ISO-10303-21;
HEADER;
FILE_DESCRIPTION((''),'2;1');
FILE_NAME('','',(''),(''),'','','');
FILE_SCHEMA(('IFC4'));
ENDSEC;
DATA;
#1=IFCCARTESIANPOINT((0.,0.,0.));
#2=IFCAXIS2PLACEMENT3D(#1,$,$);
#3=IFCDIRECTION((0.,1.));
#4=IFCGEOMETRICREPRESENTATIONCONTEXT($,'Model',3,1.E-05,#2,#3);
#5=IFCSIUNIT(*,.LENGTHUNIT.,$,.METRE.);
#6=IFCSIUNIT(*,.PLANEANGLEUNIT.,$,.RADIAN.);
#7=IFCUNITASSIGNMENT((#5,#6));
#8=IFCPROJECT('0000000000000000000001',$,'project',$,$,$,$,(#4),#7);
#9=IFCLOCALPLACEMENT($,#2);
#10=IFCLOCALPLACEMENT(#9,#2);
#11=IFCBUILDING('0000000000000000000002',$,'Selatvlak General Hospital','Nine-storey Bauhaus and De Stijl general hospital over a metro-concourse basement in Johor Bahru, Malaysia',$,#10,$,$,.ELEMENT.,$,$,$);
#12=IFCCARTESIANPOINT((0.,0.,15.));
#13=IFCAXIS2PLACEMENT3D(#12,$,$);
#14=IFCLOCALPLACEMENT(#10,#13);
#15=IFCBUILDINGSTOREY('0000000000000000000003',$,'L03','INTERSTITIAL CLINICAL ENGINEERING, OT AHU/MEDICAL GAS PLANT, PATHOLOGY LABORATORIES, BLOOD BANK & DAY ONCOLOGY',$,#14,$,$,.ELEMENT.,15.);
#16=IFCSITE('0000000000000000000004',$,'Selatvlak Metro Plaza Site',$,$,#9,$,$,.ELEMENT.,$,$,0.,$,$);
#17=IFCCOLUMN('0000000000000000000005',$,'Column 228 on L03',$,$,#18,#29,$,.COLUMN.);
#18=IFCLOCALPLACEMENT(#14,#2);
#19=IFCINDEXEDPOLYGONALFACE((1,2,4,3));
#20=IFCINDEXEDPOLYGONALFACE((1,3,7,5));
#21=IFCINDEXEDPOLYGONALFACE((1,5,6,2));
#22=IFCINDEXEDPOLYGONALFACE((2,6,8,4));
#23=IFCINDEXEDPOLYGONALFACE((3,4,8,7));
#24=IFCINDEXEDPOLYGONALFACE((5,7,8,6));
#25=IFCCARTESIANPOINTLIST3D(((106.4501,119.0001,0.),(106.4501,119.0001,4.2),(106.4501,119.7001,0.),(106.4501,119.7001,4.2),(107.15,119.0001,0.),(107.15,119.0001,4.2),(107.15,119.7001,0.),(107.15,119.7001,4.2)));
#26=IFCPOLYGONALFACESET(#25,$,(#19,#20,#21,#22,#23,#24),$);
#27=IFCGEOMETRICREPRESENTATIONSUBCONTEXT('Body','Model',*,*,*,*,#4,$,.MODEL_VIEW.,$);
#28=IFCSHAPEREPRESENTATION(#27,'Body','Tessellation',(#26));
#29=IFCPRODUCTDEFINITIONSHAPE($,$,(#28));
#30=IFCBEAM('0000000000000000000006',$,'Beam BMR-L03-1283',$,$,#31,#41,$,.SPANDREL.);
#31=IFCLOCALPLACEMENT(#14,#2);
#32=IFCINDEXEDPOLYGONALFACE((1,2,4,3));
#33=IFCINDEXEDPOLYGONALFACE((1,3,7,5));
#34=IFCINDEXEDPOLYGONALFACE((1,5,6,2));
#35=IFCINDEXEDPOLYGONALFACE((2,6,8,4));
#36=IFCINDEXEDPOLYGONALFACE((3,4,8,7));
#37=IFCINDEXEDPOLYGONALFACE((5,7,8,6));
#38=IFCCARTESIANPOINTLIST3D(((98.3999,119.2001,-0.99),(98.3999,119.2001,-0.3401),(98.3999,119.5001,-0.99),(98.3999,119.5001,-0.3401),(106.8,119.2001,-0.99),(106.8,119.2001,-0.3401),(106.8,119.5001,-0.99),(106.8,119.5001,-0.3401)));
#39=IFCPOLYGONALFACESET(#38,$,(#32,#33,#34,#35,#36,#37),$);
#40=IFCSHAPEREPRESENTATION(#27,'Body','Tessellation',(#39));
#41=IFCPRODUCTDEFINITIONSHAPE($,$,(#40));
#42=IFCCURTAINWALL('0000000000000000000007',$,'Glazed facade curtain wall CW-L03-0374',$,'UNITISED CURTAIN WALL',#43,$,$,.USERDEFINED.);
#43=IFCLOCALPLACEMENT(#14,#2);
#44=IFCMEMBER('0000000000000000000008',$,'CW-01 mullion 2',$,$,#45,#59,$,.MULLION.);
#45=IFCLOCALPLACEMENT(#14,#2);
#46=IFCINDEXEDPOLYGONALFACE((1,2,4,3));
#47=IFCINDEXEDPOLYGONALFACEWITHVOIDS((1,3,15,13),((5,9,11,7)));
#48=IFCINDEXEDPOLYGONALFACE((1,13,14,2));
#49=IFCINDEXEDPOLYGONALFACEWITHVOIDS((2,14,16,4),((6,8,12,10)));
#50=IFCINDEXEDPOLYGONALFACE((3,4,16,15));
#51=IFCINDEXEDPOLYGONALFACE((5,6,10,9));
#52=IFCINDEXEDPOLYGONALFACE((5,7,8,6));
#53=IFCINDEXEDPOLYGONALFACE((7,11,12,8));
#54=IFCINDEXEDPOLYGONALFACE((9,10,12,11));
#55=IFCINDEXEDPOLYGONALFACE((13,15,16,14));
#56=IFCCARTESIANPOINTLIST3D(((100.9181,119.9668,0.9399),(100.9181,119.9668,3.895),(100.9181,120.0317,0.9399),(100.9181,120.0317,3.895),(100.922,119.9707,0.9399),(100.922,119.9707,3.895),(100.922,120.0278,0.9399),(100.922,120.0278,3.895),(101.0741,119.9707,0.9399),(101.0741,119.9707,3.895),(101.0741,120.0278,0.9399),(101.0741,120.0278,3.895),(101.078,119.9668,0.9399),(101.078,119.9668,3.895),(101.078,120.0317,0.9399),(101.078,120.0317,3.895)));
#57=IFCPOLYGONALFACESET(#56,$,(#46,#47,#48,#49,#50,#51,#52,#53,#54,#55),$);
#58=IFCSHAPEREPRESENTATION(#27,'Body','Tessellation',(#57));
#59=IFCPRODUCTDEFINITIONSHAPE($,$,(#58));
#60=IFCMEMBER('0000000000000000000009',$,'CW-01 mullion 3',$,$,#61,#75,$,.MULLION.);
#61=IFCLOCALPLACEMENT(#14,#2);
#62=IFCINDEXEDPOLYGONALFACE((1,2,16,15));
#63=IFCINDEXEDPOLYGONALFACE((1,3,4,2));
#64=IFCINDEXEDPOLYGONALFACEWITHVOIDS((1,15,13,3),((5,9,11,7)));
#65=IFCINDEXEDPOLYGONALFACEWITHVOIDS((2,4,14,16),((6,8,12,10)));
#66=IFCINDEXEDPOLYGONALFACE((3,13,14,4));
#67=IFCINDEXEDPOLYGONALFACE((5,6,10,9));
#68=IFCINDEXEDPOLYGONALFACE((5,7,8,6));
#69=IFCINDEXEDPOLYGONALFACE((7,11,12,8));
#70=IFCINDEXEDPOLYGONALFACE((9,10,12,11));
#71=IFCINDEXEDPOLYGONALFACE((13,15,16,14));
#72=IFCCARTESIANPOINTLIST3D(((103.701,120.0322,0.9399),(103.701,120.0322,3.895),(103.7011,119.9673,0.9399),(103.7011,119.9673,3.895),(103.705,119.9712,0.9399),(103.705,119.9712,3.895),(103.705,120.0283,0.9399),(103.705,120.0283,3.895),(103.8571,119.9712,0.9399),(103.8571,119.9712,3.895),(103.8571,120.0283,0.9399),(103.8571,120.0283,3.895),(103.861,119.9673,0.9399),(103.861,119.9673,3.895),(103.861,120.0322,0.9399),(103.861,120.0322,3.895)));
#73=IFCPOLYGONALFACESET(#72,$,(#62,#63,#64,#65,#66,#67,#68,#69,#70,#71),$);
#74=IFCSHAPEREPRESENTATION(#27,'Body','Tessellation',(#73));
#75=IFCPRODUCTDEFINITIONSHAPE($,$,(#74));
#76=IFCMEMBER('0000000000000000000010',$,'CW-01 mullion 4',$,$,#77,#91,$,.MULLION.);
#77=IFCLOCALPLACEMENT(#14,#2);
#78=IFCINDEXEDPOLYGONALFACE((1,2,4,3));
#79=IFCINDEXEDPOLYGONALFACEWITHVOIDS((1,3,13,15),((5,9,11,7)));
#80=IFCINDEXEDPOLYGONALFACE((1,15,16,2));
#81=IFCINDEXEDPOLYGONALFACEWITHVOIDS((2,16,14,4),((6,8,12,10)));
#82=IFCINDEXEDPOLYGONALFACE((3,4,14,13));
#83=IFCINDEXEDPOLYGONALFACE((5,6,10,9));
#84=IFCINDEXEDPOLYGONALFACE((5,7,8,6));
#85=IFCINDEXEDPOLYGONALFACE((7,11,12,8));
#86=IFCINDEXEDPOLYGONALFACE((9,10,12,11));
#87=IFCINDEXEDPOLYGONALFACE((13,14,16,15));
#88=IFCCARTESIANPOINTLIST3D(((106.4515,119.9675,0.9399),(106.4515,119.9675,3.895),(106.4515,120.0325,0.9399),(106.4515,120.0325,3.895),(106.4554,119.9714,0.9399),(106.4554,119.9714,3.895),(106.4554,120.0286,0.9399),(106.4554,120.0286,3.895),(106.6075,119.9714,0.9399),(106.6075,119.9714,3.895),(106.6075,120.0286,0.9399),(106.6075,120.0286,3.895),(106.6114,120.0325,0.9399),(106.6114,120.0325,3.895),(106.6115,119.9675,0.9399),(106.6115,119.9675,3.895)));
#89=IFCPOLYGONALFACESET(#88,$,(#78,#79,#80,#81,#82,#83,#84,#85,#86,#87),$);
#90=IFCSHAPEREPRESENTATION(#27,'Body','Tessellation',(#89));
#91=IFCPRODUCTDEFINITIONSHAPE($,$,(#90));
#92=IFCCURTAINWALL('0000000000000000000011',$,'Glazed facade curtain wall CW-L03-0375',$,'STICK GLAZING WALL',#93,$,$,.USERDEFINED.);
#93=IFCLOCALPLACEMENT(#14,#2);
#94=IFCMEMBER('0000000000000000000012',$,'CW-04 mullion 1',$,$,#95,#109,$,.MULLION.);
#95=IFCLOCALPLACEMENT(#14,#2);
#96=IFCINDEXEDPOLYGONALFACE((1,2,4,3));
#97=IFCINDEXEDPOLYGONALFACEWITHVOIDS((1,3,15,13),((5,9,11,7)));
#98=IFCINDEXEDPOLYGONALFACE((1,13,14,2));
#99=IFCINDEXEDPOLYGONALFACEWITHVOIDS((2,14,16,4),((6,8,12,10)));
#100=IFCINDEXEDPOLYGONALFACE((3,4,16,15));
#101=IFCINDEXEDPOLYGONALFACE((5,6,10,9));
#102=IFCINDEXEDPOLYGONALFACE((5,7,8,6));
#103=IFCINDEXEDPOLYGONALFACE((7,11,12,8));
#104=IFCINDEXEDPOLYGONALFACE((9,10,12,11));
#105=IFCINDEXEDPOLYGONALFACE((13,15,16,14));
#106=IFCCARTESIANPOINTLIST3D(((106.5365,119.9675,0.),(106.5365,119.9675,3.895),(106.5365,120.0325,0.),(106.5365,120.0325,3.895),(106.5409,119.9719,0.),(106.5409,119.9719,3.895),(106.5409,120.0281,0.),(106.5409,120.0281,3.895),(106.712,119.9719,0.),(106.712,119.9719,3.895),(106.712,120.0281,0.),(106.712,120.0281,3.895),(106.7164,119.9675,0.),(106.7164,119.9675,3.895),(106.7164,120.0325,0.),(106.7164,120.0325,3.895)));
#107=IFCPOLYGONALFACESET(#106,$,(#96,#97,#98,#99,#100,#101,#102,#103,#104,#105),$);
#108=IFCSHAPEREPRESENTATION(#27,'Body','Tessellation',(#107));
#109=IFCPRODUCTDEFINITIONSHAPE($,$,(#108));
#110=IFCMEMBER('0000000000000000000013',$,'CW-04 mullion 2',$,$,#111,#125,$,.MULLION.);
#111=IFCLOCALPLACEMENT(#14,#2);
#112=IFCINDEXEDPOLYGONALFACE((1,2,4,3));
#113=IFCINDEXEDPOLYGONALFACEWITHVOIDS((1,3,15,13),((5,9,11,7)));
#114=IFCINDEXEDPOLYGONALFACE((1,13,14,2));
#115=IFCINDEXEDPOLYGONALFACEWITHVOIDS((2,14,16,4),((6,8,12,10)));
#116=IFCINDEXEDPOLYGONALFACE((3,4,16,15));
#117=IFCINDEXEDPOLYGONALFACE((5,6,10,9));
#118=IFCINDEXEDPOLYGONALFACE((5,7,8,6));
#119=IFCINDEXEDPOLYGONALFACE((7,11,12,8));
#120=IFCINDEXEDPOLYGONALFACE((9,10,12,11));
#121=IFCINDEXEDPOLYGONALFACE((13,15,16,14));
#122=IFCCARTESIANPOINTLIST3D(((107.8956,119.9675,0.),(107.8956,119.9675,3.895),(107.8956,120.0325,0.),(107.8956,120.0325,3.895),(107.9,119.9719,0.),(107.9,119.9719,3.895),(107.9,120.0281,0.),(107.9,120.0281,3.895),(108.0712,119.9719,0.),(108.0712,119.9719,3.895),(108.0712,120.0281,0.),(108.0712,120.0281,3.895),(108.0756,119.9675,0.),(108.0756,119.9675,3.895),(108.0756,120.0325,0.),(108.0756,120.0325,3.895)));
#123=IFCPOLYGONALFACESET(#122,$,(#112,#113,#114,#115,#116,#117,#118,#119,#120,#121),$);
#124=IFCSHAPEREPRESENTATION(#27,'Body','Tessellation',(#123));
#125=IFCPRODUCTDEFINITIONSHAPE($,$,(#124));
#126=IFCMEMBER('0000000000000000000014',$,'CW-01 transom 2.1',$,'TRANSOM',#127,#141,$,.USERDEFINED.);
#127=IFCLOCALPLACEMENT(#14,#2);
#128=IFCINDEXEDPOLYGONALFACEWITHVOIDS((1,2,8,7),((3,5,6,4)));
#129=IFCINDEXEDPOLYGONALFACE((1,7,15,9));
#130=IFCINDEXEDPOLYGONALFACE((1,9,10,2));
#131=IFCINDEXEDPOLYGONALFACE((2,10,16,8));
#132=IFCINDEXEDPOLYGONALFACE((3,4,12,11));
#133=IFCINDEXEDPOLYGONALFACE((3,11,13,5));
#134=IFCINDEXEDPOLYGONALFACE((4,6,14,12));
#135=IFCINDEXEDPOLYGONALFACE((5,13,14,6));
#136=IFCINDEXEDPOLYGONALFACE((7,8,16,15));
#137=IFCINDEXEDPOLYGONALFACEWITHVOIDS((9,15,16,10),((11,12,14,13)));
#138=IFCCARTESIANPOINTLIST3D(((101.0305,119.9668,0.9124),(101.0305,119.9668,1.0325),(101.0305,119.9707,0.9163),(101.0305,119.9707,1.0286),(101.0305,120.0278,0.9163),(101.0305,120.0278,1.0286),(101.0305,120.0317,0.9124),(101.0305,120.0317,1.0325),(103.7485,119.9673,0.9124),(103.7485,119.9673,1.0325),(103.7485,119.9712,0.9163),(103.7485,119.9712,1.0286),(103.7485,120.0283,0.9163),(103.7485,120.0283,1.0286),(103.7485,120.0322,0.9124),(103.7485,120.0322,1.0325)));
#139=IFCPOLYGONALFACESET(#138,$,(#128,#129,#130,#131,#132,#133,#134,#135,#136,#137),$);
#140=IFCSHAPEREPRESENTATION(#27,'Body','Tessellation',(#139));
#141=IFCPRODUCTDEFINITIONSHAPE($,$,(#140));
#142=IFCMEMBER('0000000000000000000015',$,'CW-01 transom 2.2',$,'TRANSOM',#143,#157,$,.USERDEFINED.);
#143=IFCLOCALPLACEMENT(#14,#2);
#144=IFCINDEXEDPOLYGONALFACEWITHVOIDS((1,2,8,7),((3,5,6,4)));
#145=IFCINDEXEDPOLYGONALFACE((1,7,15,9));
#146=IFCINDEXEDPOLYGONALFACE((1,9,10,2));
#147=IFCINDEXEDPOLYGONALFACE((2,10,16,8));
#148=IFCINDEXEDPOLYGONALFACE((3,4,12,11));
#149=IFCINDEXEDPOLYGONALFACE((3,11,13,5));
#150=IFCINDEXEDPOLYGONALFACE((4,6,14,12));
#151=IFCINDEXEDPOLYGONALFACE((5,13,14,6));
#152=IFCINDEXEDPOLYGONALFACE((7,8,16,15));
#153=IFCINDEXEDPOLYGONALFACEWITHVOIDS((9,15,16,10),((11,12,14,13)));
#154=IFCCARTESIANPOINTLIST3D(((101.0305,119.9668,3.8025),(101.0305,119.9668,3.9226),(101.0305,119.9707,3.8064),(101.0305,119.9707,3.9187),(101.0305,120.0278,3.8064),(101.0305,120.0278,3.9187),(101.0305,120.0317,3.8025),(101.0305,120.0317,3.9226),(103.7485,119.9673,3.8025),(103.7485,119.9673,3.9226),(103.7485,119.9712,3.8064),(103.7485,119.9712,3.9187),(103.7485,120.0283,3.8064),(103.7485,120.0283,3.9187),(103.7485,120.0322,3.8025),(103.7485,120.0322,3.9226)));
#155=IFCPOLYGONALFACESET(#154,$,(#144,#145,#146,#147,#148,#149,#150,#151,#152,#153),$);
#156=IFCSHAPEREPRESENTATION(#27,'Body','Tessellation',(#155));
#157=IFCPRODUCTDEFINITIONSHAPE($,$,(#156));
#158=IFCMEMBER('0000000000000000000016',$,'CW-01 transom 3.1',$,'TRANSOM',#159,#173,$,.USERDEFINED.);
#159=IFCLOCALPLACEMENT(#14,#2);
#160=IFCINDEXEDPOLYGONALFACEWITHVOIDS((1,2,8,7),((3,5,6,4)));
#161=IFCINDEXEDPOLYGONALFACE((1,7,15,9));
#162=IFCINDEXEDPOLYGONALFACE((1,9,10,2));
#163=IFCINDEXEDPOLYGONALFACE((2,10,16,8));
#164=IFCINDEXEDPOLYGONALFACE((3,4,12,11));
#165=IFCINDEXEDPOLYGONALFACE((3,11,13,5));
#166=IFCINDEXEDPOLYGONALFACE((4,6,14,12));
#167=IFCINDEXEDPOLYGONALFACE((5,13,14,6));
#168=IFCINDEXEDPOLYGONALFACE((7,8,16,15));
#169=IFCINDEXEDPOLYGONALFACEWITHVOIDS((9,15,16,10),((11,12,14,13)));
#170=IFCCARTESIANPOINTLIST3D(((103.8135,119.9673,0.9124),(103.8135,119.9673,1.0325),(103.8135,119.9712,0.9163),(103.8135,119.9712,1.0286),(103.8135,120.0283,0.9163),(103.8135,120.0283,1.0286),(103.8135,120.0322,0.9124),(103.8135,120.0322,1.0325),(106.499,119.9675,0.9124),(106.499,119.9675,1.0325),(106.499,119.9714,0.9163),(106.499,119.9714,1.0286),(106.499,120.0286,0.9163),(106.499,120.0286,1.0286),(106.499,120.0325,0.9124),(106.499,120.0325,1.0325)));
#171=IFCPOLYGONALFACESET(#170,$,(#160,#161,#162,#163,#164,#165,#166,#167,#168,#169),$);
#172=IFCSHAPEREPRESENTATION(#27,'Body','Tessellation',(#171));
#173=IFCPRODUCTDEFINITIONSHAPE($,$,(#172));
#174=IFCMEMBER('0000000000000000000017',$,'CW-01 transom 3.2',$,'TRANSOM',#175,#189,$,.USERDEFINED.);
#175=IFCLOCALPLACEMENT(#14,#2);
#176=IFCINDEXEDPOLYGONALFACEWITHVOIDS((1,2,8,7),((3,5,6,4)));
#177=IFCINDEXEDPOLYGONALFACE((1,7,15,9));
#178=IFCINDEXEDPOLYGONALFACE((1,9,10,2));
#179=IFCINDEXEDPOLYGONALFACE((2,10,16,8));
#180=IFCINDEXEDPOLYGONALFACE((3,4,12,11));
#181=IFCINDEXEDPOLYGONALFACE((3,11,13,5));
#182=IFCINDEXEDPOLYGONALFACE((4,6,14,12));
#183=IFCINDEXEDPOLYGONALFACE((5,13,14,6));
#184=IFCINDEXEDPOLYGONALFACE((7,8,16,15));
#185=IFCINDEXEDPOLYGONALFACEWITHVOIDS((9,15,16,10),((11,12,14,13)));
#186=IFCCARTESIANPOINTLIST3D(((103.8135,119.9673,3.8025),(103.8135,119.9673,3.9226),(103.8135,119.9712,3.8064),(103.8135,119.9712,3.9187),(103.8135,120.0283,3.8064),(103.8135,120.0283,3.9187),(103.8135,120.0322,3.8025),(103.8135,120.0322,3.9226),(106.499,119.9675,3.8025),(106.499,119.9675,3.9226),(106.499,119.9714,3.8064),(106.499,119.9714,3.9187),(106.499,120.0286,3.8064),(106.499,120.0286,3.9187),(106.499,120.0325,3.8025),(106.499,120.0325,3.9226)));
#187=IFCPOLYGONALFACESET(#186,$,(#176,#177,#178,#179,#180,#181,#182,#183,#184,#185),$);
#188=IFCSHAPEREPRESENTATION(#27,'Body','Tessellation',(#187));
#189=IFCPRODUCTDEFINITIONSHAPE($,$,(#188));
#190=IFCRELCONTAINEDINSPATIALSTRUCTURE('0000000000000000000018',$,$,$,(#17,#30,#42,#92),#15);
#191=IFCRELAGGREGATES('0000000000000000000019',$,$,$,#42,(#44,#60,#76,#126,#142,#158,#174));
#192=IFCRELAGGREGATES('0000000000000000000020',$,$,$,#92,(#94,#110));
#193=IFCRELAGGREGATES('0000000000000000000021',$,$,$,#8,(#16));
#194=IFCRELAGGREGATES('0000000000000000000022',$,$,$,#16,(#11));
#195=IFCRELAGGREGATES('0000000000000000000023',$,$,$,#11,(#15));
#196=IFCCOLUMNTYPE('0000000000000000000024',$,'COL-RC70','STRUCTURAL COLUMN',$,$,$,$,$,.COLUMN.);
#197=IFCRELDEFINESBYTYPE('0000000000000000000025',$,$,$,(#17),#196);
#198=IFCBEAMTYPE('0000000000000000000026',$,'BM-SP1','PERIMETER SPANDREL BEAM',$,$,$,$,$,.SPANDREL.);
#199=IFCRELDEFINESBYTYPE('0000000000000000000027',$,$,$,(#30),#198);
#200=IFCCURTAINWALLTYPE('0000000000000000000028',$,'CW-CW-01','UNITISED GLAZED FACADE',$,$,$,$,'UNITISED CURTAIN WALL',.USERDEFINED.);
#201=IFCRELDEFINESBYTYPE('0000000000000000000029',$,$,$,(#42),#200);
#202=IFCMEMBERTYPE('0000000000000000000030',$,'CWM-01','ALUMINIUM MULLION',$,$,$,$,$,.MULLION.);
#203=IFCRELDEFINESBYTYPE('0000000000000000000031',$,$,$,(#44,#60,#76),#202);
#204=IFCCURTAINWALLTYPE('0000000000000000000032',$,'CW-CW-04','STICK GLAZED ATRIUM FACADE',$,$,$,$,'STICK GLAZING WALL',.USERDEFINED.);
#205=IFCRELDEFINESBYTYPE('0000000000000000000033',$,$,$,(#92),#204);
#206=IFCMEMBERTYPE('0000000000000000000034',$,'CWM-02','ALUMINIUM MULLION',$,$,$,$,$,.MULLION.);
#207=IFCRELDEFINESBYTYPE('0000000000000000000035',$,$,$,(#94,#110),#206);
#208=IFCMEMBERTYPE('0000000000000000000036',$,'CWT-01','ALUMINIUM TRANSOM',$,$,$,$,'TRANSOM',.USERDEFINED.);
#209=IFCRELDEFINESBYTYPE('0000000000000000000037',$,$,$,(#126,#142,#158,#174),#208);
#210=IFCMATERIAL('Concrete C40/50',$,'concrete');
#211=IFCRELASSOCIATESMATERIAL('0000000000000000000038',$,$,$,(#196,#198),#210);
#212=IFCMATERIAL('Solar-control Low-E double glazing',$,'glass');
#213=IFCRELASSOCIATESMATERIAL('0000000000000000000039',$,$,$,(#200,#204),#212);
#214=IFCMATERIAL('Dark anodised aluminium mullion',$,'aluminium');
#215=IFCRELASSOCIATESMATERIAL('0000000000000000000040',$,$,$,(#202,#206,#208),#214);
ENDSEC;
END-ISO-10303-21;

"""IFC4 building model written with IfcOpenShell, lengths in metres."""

from ifc_helpers import new_model, si_unit, direction, frame, origin, origin_2d, place, context, subcontext, project, spatial, rectangle, hollow_rectangle, extrude, material, material_profile, profile_set, type_object, element, aggregate, save


model = new_model("IFC4")

# Units and contexts
model_context = context("Model", 3, precision=1e-05, world=origin(), true_north=direction((0.0, 1.0)))
body_context = subcontext(model_context, "Body", "Model", "MODEL_VIEW")
ifc_project = project(units=[si_unit("LENGTHUNIT", "METRE"), si_unit("PLANEANGLEUNIT", "RADIAN")], contexts=[model_context])

# Site, building, storey
site_placement = place(None, origin())
site = spatial("IfcSite", under=ifc_project, at=site_placement, Name="Selatvlak Metro Plaza Site", CompositionType="ELEMENT", RefElevation=0.0)
building_placement = place(site_placement, origin())
building = spatial("IfcBuilding", under=site, at=building_placement, Name="Selatvlak General Hospital", Description="Nine-storey Bauhaus and De Stijl general hospital over a metro-concourse basement in Johor Bahru, Malaysia", CompositionType="ELEMENT")
storey_placement = place(building_placement, frame((0.0, 0.0, 15.0)))
storey = spatial("IfcBuildingStorey", under=building, at=storey_placement, Name="L03", Description="INTERSTITIAL CLINICAL ENGINEERING, OT AHU/MEDICAL GAS PLANT, PATHOLOGY LABORATORIES, BLOOD BANK & DAY ONCOLOGY", CompositionType="ELEMENT", Elevation=15.0)

# Column
ifc_material_1 = material(Name="Concrete C40/50", Category="concrete")
ifc_material_profile_1 = material_profile(ifc_material_1, rectangle(XDim=0.7, YDim=0.7, at=origin_2d()), Name="RC-COL 700x700")
ifc_profile_set_1 = profile_set([ifc_material_profile_1], Name="Concrete C40/50")
column_type = type_object("IfcColumnType", Name="COL-RC70", Description="STRUCTURAL COLUMN", PredefinedType="COLUMN", material=ifc_profile_set_1)
column_placement = place(storey_placement, frame((106.8, 119.3501, 0.0), z_axis=(0.0, 0.0, 1.0), x_axis=(1.0, 0.0, 0.0)))
element("IfcColumn", 1, at=column_placement, inside=storey, type_object=column_type, Name="Column 228 on L03", PredefinedType="COLUMN", context=body_context, shape_type="SweptSolid", body=[
    extrude(rectangle(XDim=0.7, YDim=0.7, at=origin_2d()), origin(), (0.0, 0.0, 1.0), 4.2),
])

# Beam
ifc_material_profile_2 = material_profile(ifc_material_1, rectangle(XDim=0.3, YDim=0.6499, at=origin_2d()), Name="RC-SP 300x650")
ifc_profile_set_2 = profile_set([ifc_material_profile_2], Name="Concrete C40/50")
beam_type = type_object("IfcBeamType", Name="BM-SP1", Description="PERIMETER SPANDREL BEAM", PredefinedType="SPANDREL", material=ifc_profile_set_2)
beam_placement = place(storey_placement, frame((98.3999, 119.3501, -0.665), z_axis=(1.0, 0.0, 0.0), x_axis=(0.0, 1.0, 0.0)))
element("IfcBeam", 2, at=beam_placement, inside=storey, type_object=beam_type, Name="Beam BMR-L03-1283", PredefinedType="SPANDREL", context=body_context, shape_type="SweptSolid", body=[
    extrude(rectangle(XDim=0.3, YDim=0.6499, at=origin_2d()), origin(), (0.0, 0.0, 1.0), 8.4001),
])

# Curtain walls, members
ifc_material_2 = material(Name="Solar-control Low-E double glazing", Category="glass")
curtain_wall_type_1 = type_object("IfcCurtainWallType", Name="CW-CW-01", Description="UNITISED GLAZED FACADE", ElementType="UNITISED CURTAIN WALL", PredefinedType="USERDEFINED", material=ifc_material_2)
curtain_wall_1_placement = place(storey_placement, origin())
curtain_wall_1 = element("IfcCurtainWall", 3, at=curtain_wall_1_placement, inside=storey, type_object=curtain_wall_type_1, Name="Glazed facade curtain wall CW-L03-0374", ObjectType="UNITISED CURTAIN WALL", PredefinedType="USERDEFINED")
ifc_material_3 = material(Name="Dark anodised aluminium mullion", Category="aluminium")
ifc_material_profile_3 = material_profile(ifc_material_3, hollow_rectangle(XDim=0.0649, YDim=0.1599, WallThickness=0.0039, at=origin_2d()), Name="AL-MUL 65x160x4")
ifc_profile_set_3 = profile_set([ifc_material_profile_3], Name="Dark anodised aluminium mullion")
member_type_1 = type_object("IfcMemberType", Name="CWM-01", Description="ALUMINIUM MULLION", PredefinedType="MULLION", material=ifc_profile_set_3)
member_1_placement = place(storey_placement, frame((100.998, 119.9993, 0.9399), z_axis=(0.0, 0.0, 1.0), x_axis=(-0.00012, 1.0, 0.0)))
member_1 = element("IfcMember", 4, at=member_1_placement, type_object=member_type_1, Name="CW-01 mullion 2", PredefinedType="MULLION", context=body_context, shape_type="SweptSolid", body=[
    extrude(hollow_rectangle(XDim=0.0649, YDim=0.1599, WallThickness=0.0039, at=origin_2d()), origin(), (0.0, 0.0, 1.0), 2.9551),
])
member_2_placement = place(storey_placement, frame((103.781, 119.9998, 0.9399), z_axis=(0.0, 0.0, 1.0), x_axis=(-0.00012, 1.0, 0.0)))
member_2 = element("IfcMember", 5, at=member_2_placement, type_object=member_type_1, Name="CW-01 mullion 3", PredefinedType="MULLION", context=body_context, shape_type="SweptSolid", body=[
    extrude(hollow_rectangle(XDim=0.0649, YDim=0.1599, WallThickness=0.0039, at=origin_2d()), origin(), (0.0, 0.0, 1.0), 2.9551),
])
member_3_placement = place(storey_placement, frame((106.5315, 120.0, 0.9399), z_axis=(0.0, 0.0, 1.0), x_axis=(-0.00012, 1.0, 0.0)))
member_3 = element("IfcMember", 6, at=member_3_placement, type_object=member_type_1, Name="CW-01 mullion 4", PredefinedType="MULLION", context=body_context, shape_type="SweptSolid", body=[
    extrude(hollow_rectangle(XDim=0.0649, YDim=0.1599, WallThickness=0.0039, at=origin_2d()), origin(), (0.0, 0.0, 1.0), 2.9551),
])
curtain_wall_type_2 = type_object("IfcCurtainWallType", Name="CW-CW-04", Description="STICK GLAZED ATRIUM FACADE", ElementType="STICK GLAZING WALL", PredefinedType="USERDEFINED", material=ifc_material_2)
curtain_wall_2_placement = place(storey_placement, origin())
curtain_wall_2 = element("IfcCurtainWall", 7, at=curtain_wall_2_placement, inside=storey, type_object=curtain_wall_type_2, Name="Glazed facade curtain wall CW-L03-0375", ObjectType="STICK GLAZING WALL", PredefinedType="USERDEFINED")
ifc_material_profile_4 = material_profile(ifc_material_3, hollow_rectangle(XDim=0.0649, YDim=0.1799, WallThickness=0.0044, at=origin_2d()), Name="AL-MUL 65x180x4.5")
ifc_profile_set_4 = profile_set([ifc_material_profile_4], Name="Dark anodised aluminium mullion")
member_type_2 = type_object("IfcMemberType", Name="CWM-02", Description="ALUMINIUM MULLION", PredefinedType="MULLION", material=ifc_profile_set_4)
member_4_placement = place(storey_placement, frame((106.6265, 120.0, 0.0), z_axis=(0.0, 0.0, 1.0), x_axis=(0.0, 1.0, 0.0)))
member_4 = element("IfcMember", 8, at=member_4_placement, type_object=member_type_2, Name="CW-04 mullion 1", PredefinedType="MULLION", context=body_context, shape_type="SweptSolid", body=[
    extrude(hollow_rectangle(XDim=0.0649, YDim=0.1799, WallThickness=0.0044, at=origin_2d()), origin(), (0.0, 0.0, 1.0), 3.895),
])
member_5_placement = place(storey_placement, frame((107.9856, 120.0, 0.0), z_axis=(0.0, 0.0, 1.0), x_axis=(0.0, 1.0, 0.0)))
member_5 = element("IfcMember", 9, at=member_5_placement, type_object=member_type_2, Name="CW-04 mullion 2", PredefinedType="MULLION", context=body_context, shape_type="SweptSolid", body=[
    extrude(hollow_rectangle(XDim=0.0649, YDim=0.1799, WallThickness=0.0044, at=origin_2d()), origin(), (0.0, 0.0, 1.0), 3.895),
])

# Members
ifc_material_profile_5 = material_profile(ifc_material_3, hollow_rectangle(XDim=0.0649, YDim=0.1201, WallThickness=0.0039, at=origin_2d()), Name="AL-TRN 65x120x4")
ifc_profile_set_5 = profile_set([ifc_material_profile_5], Name="Dark anodised aluminium mullion")
member_type_3 = type_object("IfcMemberType", Name="CWT-01", Description="ALUMINIUM TRANSOM", ElementType="TRANSOM", PredefinedType="USERDEFINED", material=ifc_profile_set_5)
member_6_placement = place(storey_placement, frame((101.0305, 119.9993, 0.9724), z_axis=(1.0, 0.00018, 0.0), x_axis=(-0.00018, 1.0, 0.0)))
member_6 = element("IfcMember", 10, at=member_6_placement, type_object=member_type_3, Name="CW-01 transom 2.1", ObjectType="TRANSOM", PredefinedType="USERDEFINED", context=body_context, shape_type="SweptSolid", body=[
    extrude(hollow_rectangle(XDim=0.0649, YDim=0.1201, WallThickness=0.0039, at=origin_2d()), origin(), (0.0, 0.0, 1.0), 2.718),
])
member_7_placement = place(storey_placement, frame((101.0305, 119.9993, 3.8625), z_axis=(1.0, 0.00018, 0.0), x_axis=(-0.00018, 1.0, 0.0)))
member_7 = element("IfcMember", 11, at=member_7_placement, type_object=member_type_3, Name="CW-01 transom 2.2", ObjectType="TRANSOM", PredefinedType="USERDEFINED", context=body_context, shape_type="SweptSolid", body=[
    extrude(hollow_rectangle(XDim=0.0649, YDim=0.1201, WallThickness=0.0039, at=origin_2d()), origin(), (0.0, 0.0, 1.0), 2.718),
])
member_8_placement = place(storey_placement, frame((103.8135, 119.9998, 0.9724), z_axis=(1.0, 0.000091, 0.0), x_axis=(-0.000091, 1.0, 0.0)))
member_8 = element("IfcMember", 12, at=member_8_placement, type_object=member_type_3, Name="CW-01 transom 3.1", ObjectType="TRANSOM", PredefinedType="USERDEFINED", context=body_context, shape_type="SweptSolid", body=[
    extrude(hollow_rectangle(XDim=0.0649, YDim=0.1201, WallThickness=0.0039, at=origin_2d()), origin(), (0.0, 0.0, 1.0), 2.6855),
])
member_9_placement = place(storey_placement, frame((103.8135, 119.9998, 3.8625), z_axis=(1.0, 0.000091, 0.0), x_axis=(-0.000091, 1.0, 0.0)))
member_9 = element("IfcMember", 13, at=member_9_placement, type_object=member_type_3, Name="CW-01 transom 3.2", ObjectType="TRANSOM", PredefinedType="USERDEFINED", context=body_context, shape_type="SweptSolid", body=[
    extrude(hollow_rectangle(XDim=0.0649, YDim=0.1201, WallThickness=0.0039, at=origin_2d()), origin(), (0.0, 0.0, 1.0), 2.6855),
])

aggregate(curtain_wall_1, [member_1, member_2, member_3, member_6, member_7, member_8, member_9])
aggregate(curtain_wall_2, [member_4, member_5])

save(model, "model.ifc")
